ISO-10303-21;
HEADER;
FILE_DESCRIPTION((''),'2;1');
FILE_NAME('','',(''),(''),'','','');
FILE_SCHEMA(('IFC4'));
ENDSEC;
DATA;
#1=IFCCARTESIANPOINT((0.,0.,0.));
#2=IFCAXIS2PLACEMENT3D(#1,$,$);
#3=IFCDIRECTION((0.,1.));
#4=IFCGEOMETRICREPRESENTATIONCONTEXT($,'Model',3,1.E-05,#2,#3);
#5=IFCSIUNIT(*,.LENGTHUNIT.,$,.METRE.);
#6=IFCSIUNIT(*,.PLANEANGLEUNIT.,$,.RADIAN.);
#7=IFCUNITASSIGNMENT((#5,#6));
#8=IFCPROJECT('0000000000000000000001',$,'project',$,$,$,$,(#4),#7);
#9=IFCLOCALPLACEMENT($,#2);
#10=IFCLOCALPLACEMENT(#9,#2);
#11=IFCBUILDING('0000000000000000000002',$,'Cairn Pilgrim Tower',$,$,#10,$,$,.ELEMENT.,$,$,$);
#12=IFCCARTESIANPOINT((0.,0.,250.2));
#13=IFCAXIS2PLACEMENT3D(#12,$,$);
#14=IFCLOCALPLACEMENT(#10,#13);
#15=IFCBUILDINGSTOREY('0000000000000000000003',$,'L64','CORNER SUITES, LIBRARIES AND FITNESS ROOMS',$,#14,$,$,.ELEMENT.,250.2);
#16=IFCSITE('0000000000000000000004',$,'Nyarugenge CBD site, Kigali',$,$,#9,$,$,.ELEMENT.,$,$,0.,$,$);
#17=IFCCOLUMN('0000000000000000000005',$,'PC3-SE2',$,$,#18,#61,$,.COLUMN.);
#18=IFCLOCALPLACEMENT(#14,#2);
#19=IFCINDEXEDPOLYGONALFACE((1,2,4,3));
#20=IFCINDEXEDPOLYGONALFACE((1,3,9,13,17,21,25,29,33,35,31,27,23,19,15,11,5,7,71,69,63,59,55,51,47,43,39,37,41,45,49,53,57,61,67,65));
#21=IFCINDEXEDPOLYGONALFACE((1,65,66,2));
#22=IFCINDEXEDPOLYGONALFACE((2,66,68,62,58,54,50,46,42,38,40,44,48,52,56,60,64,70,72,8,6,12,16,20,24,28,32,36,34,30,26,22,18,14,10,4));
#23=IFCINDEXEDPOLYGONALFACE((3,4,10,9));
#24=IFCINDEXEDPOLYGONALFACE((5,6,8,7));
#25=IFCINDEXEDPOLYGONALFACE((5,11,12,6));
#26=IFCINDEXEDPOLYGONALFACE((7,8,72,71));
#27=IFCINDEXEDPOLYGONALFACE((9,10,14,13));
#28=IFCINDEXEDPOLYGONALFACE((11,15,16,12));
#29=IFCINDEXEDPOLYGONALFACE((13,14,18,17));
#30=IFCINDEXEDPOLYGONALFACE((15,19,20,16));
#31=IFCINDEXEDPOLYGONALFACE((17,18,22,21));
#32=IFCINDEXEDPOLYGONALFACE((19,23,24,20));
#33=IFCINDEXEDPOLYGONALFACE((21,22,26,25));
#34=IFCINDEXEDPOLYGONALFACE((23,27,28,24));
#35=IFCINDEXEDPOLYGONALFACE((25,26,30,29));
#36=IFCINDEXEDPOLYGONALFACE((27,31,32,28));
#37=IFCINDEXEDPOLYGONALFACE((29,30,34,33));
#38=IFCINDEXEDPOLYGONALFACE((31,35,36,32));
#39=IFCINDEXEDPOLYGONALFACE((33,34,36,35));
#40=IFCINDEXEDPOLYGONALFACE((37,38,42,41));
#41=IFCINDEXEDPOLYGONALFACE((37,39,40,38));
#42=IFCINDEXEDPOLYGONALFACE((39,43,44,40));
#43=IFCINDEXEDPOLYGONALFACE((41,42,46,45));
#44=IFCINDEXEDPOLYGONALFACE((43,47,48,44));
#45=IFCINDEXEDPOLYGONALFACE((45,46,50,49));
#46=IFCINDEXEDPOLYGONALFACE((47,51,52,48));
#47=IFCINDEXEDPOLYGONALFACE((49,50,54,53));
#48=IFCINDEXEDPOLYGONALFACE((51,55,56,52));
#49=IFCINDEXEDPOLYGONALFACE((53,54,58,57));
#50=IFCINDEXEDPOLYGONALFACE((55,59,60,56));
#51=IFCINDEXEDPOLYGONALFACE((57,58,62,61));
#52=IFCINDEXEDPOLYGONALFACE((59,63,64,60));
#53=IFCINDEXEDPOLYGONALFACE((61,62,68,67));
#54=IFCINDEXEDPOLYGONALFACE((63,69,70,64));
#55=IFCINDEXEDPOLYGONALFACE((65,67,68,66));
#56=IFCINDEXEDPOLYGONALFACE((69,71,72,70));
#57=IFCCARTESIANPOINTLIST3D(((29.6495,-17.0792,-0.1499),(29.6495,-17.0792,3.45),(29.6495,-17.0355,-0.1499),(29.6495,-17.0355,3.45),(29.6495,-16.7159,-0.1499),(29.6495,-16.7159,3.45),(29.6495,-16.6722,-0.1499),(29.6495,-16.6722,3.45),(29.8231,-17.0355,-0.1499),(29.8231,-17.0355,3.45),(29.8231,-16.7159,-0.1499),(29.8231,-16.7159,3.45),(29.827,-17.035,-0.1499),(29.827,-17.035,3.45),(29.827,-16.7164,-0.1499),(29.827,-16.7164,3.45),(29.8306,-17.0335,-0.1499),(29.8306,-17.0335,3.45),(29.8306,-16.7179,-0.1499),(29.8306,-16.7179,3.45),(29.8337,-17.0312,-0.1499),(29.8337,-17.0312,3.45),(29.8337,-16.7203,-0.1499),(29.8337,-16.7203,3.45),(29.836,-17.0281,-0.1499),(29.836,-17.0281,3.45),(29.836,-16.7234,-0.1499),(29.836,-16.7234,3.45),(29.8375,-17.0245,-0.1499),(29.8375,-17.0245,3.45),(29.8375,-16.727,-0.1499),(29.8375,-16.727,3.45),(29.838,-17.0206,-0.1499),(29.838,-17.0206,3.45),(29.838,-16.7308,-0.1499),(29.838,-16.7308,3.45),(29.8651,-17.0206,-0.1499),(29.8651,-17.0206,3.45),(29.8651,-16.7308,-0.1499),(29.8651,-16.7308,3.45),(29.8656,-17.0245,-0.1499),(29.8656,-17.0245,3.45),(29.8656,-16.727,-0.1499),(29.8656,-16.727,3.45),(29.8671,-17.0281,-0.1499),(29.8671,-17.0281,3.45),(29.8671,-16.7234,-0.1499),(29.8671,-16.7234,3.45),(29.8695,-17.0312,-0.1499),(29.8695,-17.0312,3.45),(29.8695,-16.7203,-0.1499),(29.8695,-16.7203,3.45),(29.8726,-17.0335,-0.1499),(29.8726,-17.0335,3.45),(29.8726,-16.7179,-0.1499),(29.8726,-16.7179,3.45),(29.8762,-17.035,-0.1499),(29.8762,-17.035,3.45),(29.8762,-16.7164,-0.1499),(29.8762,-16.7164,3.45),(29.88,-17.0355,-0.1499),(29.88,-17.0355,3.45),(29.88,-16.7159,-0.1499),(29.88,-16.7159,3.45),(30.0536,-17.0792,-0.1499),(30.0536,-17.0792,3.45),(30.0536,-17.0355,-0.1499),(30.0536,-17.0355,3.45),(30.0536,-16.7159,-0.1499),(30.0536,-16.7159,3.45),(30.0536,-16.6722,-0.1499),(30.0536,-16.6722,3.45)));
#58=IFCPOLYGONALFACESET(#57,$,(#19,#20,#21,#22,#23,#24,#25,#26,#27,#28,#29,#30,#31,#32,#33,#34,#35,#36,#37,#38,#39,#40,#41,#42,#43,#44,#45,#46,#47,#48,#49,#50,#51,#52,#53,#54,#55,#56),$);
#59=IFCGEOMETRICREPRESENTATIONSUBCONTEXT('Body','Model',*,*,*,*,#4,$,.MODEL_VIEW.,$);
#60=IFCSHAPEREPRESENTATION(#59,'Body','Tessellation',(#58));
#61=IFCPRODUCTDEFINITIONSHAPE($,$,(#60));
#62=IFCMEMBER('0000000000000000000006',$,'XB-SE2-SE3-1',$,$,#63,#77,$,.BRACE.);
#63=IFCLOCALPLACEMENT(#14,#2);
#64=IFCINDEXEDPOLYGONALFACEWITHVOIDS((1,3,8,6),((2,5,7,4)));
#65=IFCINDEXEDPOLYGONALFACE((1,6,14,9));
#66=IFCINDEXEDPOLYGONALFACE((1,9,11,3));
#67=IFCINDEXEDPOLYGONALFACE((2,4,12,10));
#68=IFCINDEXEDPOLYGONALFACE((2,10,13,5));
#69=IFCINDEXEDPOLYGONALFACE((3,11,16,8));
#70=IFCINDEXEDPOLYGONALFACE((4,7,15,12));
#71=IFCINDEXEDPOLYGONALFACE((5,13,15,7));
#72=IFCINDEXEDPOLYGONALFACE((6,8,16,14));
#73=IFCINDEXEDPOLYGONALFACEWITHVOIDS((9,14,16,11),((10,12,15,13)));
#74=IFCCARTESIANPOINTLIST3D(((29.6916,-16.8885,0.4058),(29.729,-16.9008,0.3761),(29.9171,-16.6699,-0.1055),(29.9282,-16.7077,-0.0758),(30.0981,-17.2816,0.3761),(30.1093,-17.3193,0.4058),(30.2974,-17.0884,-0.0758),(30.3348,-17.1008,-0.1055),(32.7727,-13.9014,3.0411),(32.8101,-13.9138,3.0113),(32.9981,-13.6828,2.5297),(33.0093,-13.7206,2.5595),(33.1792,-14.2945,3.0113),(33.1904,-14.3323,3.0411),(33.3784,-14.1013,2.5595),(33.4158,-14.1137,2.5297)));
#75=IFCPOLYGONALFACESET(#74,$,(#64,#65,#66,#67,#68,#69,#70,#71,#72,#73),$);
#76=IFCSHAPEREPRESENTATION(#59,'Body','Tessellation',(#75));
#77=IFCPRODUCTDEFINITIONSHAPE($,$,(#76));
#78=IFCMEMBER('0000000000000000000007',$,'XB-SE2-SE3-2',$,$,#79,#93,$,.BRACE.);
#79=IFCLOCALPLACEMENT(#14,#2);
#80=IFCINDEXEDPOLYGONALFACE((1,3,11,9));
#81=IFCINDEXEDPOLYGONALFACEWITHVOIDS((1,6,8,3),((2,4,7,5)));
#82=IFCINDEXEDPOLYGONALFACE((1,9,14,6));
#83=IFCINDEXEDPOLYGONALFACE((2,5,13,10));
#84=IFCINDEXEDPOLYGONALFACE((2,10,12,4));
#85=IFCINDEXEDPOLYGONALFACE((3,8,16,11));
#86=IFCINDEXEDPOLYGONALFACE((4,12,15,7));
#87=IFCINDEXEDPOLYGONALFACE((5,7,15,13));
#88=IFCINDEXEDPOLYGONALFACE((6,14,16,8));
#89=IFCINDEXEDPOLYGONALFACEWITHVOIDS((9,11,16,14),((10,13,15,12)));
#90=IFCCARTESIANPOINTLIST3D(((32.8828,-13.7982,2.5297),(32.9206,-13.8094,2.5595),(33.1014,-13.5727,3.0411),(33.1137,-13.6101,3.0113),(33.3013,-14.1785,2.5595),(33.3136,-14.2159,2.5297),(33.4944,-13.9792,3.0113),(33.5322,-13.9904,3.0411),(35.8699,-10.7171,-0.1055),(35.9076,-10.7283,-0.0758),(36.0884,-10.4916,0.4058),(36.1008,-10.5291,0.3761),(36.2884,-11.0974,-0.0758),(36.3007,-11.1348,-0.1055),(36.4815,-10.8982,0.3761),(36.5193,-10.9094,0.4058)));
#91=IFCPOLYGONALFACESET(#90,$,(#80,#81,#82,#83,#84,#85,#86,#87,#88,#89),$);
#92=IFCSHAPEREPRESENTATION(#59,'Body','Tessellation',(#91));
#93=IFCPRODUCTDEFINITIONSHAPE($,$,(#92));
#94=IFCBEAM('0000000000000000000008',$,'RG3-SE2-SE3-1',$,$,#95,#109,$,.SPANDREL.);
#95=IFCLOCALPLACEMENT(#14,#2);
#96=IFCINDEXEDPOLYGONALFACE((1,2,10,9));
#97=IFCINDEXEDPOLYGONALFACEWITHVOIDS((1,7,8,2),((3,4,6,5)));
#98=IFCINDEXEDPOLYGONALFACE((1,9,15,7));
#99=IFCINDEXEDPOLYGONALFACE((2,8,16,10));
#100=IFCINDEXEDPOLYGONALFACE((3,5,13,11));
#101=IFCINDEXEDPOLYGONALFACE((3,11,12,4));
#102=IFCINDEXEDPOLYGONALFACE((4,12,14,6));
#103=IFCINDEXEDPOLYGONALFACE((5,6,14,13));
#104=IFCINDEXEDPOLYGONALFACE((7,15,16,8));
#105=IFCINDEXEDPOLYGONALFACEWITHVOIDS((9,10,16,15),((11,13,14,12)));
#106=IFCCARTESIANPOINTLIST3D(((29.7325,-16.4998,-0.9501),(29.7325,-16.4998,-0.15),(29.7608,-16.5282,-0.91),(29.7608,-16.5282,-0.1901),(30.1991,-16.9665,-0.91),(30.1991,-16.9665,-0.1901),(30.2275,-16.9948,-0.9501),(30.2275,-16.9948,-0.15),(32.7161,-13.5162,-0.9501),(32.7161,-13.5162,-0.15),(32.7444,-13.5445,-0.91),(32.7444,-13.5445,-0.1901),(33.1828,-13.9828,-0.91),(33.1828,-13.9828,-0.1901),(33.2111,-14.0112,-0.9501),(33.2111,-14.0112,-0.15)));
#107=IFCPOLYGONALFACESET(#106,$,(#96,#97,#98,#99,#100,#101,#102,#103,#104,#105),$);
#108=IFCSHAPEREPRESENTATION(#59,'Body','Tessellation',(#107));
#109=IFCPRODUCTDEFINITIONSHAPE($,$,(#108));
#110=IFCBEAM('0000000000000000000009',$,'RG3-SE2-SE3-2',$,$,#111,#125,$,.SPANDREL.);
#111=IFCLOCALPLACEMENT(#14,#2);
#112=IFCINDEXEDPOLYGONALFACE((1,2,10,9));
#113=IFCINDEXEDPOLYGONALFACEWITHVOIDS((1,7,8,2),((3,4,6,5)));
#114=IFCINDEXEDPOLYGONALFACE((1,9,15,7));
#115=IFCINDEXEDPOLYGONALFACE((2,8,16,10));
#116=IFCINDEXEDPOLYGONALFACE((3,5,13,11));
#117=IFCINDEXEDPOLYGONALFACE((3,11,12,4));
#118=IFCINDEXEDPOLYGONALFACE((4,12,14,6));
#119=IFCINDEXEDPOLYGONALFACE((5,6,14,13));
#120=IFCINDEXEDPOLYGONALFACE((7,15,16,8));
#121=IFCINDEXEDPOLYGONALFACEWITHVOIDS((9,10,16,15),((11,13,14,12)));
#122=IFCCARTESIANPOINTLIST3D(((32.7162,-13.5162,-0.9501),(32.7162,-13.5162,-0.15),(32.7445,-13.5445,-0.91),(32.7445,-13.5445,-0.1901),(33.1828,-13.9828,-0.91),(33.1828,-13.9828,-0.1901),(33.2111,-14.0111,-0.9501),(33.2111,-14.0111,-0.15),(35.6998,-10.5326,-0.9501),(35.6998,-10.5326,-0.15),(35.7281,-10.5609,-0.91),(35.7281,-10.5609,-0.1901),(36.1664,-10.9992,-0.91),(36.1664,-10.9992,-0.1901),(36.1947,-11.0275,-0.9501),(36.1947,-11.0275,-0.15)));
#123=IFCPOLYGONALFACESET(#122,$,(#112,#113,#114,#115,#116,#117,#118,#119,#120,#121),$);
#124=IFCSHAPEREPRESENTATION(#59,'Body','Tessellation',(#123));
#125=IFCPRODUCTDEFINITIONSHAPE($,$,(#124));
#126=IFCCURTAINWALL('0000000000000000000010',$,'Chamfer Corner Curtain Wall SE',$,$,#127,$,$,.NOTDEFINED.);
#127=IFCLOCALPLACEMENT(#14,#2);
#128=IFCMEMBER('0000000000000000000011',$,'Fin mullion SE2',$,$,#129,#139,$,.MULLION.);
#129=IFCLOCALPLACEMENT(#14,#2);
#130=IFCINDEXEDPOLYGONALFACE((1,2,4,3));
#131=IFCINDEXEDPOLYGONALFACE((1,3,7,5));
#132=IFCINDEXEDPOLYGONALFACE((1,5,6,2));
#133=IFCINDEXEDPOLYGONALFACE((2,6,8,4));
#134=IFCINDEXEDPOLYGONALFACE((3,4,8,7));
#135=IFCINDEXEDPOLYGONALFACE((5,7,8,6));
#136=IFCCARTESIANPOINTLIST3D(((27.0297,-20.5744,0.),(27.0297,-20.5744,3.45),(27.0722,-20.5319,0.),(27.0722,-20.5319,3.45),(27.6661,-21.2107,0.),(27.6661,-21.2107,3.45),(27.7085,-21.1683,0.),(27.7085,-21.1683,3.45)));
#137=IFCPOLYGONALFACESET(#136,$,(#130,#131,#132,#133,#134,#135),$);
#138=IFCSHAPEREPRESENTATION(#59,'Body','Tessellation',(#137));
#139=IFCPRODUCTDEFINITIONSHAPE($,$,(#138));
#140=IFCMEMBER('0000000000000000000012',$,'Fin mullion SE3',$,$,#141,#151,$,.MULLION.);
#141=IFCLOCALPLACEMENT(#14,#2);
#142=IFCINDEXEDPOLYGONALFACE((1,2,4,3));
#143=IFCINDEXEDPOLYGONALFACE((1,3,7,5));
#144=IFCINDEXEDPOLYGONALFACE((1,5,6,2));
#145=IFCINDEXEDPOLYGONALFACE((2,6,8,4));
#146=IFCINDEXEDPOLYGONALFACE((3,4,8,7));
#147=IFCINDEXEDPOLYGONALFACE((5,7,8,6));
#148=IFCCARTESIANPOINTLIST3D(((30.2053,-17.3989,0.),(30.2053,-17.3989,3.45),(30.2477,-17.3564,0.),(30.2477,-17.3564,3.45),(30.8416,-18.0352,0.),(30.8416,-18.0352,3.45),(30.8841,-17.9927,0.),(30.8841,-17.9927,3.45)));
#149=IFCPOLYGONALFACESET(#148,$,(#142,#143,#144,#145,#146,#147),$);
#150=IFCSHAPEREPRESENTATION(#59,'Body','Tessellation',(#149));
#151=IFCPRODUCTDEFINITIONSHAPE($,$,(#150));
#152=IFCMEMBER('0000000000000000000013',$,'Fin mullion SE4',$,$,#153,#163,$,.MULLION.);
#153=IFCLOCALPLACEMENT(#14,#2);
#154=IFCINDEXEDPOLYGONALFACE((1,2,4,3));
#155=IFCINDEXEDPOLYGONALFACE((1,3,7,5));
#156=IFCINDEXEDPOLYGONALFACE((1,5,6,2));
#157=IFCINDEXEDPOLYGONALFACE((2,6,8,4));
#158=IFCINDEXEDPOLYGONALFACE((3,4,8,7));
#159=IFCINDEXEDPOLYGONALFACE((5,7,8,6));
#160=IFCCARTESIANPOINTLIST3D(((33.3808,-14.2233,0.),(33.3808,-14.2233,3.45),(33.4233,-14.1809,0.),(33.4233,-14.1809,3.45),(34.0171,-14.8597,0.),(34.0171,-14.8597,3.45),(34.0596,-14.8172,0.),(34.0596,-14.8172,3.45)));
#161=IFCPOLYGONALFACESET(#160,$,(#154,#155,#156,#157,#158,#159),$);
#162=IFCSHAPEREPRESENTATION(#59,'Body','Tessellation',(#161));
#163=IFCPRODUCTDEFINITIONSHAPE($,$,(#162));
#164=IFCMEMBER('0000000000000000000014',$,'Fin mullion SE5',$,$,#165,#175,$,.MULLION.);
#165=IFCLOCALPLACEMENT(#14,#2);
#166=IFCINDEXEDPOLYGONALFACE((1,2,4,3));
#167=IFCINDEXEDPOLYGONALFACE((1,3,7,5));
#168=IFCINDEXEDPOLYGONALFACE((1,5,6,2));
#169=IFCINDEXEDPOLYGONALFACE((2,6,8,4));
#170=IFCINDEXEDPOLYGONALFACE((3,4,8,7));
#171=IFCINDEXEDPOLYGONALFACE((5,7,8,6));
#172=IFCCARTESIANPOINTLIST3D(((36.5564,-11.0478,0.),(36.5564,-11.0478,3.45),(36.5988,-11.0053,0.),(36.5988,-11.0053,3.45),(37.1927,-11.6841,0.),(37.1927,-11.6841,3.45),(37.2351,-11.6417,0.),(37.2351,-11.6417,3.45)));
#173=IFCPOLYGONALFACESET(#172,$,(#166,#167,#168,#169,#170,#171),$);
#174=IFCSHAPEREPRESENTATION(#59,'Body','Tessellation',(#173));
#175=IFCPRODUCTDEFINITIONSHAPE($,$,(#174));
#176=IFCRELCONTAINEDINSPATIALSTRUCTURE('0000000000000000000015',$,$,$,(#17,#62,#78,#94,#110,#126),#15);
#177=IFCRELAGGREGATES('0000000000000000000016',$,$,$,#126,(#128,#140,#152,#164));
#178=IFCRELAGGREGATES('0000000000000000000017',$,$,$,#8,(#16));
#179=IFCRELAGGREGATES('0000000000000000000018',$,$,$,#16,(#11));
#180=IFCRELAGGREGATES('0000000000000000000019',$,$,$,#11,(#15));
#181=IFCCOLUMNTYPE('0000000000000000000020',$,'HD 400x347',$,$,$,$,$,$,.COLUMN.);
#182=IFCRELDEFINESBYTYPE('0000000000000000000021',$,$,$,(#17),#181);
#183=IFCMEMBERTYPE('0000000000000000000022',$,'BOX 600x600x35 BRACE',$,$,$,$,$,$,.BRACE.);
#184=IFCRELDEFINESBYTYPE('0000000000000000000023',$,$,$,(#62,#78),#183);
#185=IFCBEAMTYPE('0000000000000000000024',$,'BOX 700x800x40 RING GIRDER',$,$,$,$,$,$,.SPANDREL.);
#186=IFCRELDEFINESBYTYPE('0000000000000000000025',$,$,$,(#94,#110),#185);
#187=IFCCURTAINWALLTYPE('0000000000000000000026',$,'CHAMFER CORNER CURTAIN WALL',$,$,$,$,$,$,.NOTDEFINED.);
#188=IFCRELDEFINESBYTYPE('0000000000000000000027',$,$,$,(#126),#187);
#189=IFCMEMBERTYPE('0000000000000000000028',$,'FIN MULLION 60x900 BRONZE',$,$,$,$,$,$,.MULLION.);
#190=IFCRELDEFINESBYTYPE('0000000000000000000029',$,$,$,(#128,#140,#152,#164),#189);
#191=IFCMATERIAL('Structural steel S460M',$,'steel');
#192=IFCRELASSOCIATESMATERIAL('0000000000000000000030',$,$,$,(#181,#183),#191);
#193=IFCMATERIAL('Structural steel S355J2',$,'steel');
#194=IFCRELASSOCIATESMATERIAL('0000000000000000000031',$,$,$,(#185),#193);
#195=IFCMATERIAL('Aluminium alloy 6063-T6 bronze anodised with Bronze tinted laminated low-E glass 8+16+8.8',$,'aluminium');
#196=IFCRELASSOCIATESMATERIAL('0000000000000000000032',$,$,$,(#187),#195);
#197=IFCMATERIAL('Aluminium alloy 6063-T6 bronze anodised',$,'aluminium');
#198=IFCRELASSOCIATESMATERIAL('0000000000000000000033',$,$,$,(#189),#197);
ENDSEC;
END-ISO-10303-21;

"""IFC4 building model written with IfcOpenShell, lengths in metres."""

from ifc_helpers import new_model, si_unit, direction, frame, origin, origin_2d, place, context, subcontext, project, spatial, rectangle, hollow_rectangle, i_section, extrude, material, material_profile, profile_set, type_object, element, aggregate, save


model = new_model("IFC4")

# Units and contexts
model_context = context("Model", 3, precision=1e-05, world=origin(), true_north=direction((0.0, 1.0)))
body_context = subcontext(model_context, "Body", "Model", "MODEL_VIEW")
ifc_project = project(units=[si_unit("LENGTHUNIT", "METRE"), si_unit("PLANEANGLEUNIT", "RADIAN")], contexts=[model_context])

# Site, building, storey
site_placement = place(None, origin())
site = spatial("IfcSite", under=ifc_project, at=site_placement, Name="Nyarugenge CBD site, Kigali", CompositionType="ELEMENT", RefElevation=0.0)
building_placement = place(site_placement, origin())
building = spatial("IfcBuilding", under=site, at=building_placement, Name="Cairn Pilgrim Tower", CompositionType="ELEMENT")
storey_placement = place(building_placement, frame((0.0, 0.0, 250.2)))
storey = spatial("IfcBuildingStorey", under=building, at=storey_placement, Name="L64", Description="CORNER SUITES, LIBRARIES AND FITNESS ROOMS", CompositionType="ELEMENT", Elevation=250.2)

# Column
ifc_material_1 = material(Name="Structural steel S460M", Category="steel")
ifc_material_profile_1 = material_profile(ifc_material_1, i_section(OverallWidth=0.4041, OverallDepth=0.407, WebThickness=0.0271, FlangeThickness=0.0437, FilletRadius=0.0149, at=origin_2d()), Name="HD 400x347")
ifc_profile_set_1 = profile_set([ifc_material_profile_1], Name="Structural steel S460M")
column_type = type_object("IfcColumnType", Name="HD 400x347", PredefinedType="COLUMN", material=ifc_profile_set_1)
column_placement = place(storey_placement, frame((29.8516, -16.8757, -0.1499), z_axis=(0.0, 0.0, 1.0), x_axis=(1.0, 0.0, 0.0)))
element("IfcColumn", 1, at=column_placement, inside=storey, type_object=column_type, Name="PC3-SE2", PredefinedType="COLUMN", context=body_context, shape_type="SweptSolid", body=[
    extrude(i_section(OverallWidth=0.4041, OverallDepth=0.407, WebThickness=0.0271, FlangeThickness=0.0437, FilletRadius=0.0149, at=origin_2d()), origin(), (0.0, 0.0, 1.0), 3.5999),
])

# Members
ifc_material_profile_2 = material_profile(ifc_material_1, hollow_rectangle(XDim=0.6001, YDim=0.6001, WallThickness=0.0349, at=origin_2d()), Name="BOX 600x600x35")
ifc_profile_set_2 = profile_set([ifc_material_profile_2], Name="Structural steel S460M")
member_type_1 = type_object("IfcMemberType", Name="BOX 600x600x35 BRACE", PredefinedType="BRACE", material=ifc_profile_set_2)
for number, where, z_axis, x_axis, name in (
    (2, (30.0132, -16.9946, 0.1501), (0.611822, 0.593157, 0.523297), (-0.69607, 0.717974, 0.0), "XB-SE2-SE3-1"),
    (3, (36.1946, -10.8132, 0.1501), (-0.593157, -0.611822, 0.523297), (0.717974, -0.69607, 0.0), "XB-SE2-SE3-2"),
):
    element("IfcMember", number, at=place(storey_placement, frame(where, z_axis=z_axis, x_axis=x_axis)), inside=storey, type_object=member_type_1, Name=name, PredefinedType="BRACE", context=body_context, shape_type="SweptSolid", body=[
        extrude(hollow_rectangle(XDim=0.6001, YDim=0.6001, WallThickness=0.0349, at=origin_2d()), origin(), (0.0, 0.0, 1.0), 5.0359),
    ])

# Beams
ifc_material_2 = material(Name="Structural steel S355J2", Category="steel")
ifc_material_profile_3 = material_profile(ifc_material_2, hollow_rectangle(XDim=0.7, YDim=0.8, WallThickness=0.04, at=origin_2d()), Name="BOX 700x800x40")
ifc_profile_set_3 = profile_set([ifc_material_profile_3], Name="Structural steel S355J2")
beam_type_1 = type_object("IfcBeamType", Name="BOX 700x800x40 RING GIRDER", PredefinedType="SPANDREL", material=ifc_profile_set_3)
for number, where, z_axis, x_axis, name in (
    (4, (29.98, -16.7473, -0.55), (0.707107, 0.707107, 0.0), (-0.707107, 0.707107, 0.0), "RG3-SE2-SE3-1"),
    (5, (32.9636, -13.7637, -0.55), (0.707107, 0.707107, 0.0), (-0.707107, 0.707107, 0.0), "RG3-SE2-SE3-2"),
):
    element("IfcBeam", number, at=place(storey_placement, frame(where, z_axis=z_axis, x_axis=x_axis)), inside=storey, type_object=beam_type_1, Name=name, PredefinedType="SPANDREL", context=body_context, shape_type="SweptSolid", body=[
        extrude(hollow_rectangle(XDim=0.7, YDim=0.8, WallThickness=0.04, at=origin_2d()), origin(), (0.0, 0.0, 1.0), 4.2195),
    ])

# Curtain wall, members
ifc_material_3 = material(Name="Aluminium alloy 6063-T6 bronze anodised with Bronze tinted laminated low-E glass 8+16+8.8", Category="aluminium")
curtain_wall_type = type_object("IfcCurtainWallType", Name="CHAMFER CORNER CURTAIN WALL", PredefinedType="NOTDEFINED", material=ifc_material_3)
curtain_wall_placement = place(storey_placement, origin())
curtain_wall = element("IfcCurtainWall", 6, at=curtain_wall_placement, inside=storey, type_object=curtain_wall_type, Name="Chamfer Corner Curtain Wall SE", PredefinedType="NOTDEFINED")
ifc_material_4 = material(Name="Aluminium alloy 6063-T6 bronze anodised", Category="aluminium")
ifc_material_profile_4 = material_profile(ifc_material_4, rectangle(XDim=0.8999, YDim=0.0601, at=origin_2d()), Name="FIN MULLION 60x900 BRONZE")
ifc_profile_set_4 = profile_set([ifc_material_profile_4], Name="Aluminium alloy 6063-T6 bronze anodised")
member_type_2 = type_object("IfcMemberType", Name="FIN MULLION 60x900 BRONZE", PredefinedType="MULLION", material=ifc_profile_set_4)
member_1_placement = place(storey_placement, frame((27.3691, -20.8713, 0.0), z_axis=(0.0, 0.0, 1.0), x_axis=(0.707107, -0.707107, 0.0)))
member_1 = element("IfcMember", 7, at=member_1_placement, type_object=member_type_2, Name="Fin mullion SE2", PredefinedType="MULLION", context=body_context, shape_type="SweptSolid", body=[
    extrude(rectangle(XDim=0.8999, YDim=0.0601, at=origin_2d()), origin(), (0.0, 0.0, 1.0), 3.45),
])
member_2_placement = place(storey_placement, frame((30.5447, -17.6958, 0.0), z_axis=(0.0, 0.0, 1.0), x_axis=(0.707107, -0.707107, 0.0)))
member_2 = element("IfcMember", 8, at=member_2_placement, type_object=member_type_2, Name="Fin mullion SE3", PredefinedType="MULLION", context=body_context, shape_type="SweptSolid", body=[
    extrude(rectangle(XDim=0.8999, YDim=0.0601, at=origin_2d()), origin(), (0.0, 0.0, 1.0), 3.45),
])
member_3_placement = place(storey_placement, frame((33.7202, -14.5203, 0.0), z_axis=(0.0, 0.0, 1.0), x_axis=(0.707107, -0.707107, 0.0)))
member_3 = element("IfcMember", 9, at=member_3_placement, type_object=member_type_2, Name="Fin mullion SE4", PredefinedType="MULLION", context=body_context, shape_type="SweptSolid", body=[
    extrude(rectangle(XDim=0.8999, YDim=0.0601, at=origin_2d()), origin(), (0.0, 0.0, 1.0), 3.45),
])
member_4_placement = place(storey_placement, frame((36.8958, -11.3447, 0.0), z_axis=(0.0, 0.0, 1.0), x_axis=(0.707107, -0.707107, 0.0)))
member_4 = element("IfcMember", 10, at=member_4_placement, type_object=member_type_2, Name="Fin mullion SE5", PredefinedType="MULLION", context=body_context, shape_type="SweptSolid", body=[
    extrude(rectangle(XDim=0.8999, YDim=0.0601, at=origin_2d()), origin(), (0.0, 0.0, 1.0), 3.45),
])

aggregate(curtain_wall, [member_1, member_2, member_3, member_4])

save(model, "model.ifc")
